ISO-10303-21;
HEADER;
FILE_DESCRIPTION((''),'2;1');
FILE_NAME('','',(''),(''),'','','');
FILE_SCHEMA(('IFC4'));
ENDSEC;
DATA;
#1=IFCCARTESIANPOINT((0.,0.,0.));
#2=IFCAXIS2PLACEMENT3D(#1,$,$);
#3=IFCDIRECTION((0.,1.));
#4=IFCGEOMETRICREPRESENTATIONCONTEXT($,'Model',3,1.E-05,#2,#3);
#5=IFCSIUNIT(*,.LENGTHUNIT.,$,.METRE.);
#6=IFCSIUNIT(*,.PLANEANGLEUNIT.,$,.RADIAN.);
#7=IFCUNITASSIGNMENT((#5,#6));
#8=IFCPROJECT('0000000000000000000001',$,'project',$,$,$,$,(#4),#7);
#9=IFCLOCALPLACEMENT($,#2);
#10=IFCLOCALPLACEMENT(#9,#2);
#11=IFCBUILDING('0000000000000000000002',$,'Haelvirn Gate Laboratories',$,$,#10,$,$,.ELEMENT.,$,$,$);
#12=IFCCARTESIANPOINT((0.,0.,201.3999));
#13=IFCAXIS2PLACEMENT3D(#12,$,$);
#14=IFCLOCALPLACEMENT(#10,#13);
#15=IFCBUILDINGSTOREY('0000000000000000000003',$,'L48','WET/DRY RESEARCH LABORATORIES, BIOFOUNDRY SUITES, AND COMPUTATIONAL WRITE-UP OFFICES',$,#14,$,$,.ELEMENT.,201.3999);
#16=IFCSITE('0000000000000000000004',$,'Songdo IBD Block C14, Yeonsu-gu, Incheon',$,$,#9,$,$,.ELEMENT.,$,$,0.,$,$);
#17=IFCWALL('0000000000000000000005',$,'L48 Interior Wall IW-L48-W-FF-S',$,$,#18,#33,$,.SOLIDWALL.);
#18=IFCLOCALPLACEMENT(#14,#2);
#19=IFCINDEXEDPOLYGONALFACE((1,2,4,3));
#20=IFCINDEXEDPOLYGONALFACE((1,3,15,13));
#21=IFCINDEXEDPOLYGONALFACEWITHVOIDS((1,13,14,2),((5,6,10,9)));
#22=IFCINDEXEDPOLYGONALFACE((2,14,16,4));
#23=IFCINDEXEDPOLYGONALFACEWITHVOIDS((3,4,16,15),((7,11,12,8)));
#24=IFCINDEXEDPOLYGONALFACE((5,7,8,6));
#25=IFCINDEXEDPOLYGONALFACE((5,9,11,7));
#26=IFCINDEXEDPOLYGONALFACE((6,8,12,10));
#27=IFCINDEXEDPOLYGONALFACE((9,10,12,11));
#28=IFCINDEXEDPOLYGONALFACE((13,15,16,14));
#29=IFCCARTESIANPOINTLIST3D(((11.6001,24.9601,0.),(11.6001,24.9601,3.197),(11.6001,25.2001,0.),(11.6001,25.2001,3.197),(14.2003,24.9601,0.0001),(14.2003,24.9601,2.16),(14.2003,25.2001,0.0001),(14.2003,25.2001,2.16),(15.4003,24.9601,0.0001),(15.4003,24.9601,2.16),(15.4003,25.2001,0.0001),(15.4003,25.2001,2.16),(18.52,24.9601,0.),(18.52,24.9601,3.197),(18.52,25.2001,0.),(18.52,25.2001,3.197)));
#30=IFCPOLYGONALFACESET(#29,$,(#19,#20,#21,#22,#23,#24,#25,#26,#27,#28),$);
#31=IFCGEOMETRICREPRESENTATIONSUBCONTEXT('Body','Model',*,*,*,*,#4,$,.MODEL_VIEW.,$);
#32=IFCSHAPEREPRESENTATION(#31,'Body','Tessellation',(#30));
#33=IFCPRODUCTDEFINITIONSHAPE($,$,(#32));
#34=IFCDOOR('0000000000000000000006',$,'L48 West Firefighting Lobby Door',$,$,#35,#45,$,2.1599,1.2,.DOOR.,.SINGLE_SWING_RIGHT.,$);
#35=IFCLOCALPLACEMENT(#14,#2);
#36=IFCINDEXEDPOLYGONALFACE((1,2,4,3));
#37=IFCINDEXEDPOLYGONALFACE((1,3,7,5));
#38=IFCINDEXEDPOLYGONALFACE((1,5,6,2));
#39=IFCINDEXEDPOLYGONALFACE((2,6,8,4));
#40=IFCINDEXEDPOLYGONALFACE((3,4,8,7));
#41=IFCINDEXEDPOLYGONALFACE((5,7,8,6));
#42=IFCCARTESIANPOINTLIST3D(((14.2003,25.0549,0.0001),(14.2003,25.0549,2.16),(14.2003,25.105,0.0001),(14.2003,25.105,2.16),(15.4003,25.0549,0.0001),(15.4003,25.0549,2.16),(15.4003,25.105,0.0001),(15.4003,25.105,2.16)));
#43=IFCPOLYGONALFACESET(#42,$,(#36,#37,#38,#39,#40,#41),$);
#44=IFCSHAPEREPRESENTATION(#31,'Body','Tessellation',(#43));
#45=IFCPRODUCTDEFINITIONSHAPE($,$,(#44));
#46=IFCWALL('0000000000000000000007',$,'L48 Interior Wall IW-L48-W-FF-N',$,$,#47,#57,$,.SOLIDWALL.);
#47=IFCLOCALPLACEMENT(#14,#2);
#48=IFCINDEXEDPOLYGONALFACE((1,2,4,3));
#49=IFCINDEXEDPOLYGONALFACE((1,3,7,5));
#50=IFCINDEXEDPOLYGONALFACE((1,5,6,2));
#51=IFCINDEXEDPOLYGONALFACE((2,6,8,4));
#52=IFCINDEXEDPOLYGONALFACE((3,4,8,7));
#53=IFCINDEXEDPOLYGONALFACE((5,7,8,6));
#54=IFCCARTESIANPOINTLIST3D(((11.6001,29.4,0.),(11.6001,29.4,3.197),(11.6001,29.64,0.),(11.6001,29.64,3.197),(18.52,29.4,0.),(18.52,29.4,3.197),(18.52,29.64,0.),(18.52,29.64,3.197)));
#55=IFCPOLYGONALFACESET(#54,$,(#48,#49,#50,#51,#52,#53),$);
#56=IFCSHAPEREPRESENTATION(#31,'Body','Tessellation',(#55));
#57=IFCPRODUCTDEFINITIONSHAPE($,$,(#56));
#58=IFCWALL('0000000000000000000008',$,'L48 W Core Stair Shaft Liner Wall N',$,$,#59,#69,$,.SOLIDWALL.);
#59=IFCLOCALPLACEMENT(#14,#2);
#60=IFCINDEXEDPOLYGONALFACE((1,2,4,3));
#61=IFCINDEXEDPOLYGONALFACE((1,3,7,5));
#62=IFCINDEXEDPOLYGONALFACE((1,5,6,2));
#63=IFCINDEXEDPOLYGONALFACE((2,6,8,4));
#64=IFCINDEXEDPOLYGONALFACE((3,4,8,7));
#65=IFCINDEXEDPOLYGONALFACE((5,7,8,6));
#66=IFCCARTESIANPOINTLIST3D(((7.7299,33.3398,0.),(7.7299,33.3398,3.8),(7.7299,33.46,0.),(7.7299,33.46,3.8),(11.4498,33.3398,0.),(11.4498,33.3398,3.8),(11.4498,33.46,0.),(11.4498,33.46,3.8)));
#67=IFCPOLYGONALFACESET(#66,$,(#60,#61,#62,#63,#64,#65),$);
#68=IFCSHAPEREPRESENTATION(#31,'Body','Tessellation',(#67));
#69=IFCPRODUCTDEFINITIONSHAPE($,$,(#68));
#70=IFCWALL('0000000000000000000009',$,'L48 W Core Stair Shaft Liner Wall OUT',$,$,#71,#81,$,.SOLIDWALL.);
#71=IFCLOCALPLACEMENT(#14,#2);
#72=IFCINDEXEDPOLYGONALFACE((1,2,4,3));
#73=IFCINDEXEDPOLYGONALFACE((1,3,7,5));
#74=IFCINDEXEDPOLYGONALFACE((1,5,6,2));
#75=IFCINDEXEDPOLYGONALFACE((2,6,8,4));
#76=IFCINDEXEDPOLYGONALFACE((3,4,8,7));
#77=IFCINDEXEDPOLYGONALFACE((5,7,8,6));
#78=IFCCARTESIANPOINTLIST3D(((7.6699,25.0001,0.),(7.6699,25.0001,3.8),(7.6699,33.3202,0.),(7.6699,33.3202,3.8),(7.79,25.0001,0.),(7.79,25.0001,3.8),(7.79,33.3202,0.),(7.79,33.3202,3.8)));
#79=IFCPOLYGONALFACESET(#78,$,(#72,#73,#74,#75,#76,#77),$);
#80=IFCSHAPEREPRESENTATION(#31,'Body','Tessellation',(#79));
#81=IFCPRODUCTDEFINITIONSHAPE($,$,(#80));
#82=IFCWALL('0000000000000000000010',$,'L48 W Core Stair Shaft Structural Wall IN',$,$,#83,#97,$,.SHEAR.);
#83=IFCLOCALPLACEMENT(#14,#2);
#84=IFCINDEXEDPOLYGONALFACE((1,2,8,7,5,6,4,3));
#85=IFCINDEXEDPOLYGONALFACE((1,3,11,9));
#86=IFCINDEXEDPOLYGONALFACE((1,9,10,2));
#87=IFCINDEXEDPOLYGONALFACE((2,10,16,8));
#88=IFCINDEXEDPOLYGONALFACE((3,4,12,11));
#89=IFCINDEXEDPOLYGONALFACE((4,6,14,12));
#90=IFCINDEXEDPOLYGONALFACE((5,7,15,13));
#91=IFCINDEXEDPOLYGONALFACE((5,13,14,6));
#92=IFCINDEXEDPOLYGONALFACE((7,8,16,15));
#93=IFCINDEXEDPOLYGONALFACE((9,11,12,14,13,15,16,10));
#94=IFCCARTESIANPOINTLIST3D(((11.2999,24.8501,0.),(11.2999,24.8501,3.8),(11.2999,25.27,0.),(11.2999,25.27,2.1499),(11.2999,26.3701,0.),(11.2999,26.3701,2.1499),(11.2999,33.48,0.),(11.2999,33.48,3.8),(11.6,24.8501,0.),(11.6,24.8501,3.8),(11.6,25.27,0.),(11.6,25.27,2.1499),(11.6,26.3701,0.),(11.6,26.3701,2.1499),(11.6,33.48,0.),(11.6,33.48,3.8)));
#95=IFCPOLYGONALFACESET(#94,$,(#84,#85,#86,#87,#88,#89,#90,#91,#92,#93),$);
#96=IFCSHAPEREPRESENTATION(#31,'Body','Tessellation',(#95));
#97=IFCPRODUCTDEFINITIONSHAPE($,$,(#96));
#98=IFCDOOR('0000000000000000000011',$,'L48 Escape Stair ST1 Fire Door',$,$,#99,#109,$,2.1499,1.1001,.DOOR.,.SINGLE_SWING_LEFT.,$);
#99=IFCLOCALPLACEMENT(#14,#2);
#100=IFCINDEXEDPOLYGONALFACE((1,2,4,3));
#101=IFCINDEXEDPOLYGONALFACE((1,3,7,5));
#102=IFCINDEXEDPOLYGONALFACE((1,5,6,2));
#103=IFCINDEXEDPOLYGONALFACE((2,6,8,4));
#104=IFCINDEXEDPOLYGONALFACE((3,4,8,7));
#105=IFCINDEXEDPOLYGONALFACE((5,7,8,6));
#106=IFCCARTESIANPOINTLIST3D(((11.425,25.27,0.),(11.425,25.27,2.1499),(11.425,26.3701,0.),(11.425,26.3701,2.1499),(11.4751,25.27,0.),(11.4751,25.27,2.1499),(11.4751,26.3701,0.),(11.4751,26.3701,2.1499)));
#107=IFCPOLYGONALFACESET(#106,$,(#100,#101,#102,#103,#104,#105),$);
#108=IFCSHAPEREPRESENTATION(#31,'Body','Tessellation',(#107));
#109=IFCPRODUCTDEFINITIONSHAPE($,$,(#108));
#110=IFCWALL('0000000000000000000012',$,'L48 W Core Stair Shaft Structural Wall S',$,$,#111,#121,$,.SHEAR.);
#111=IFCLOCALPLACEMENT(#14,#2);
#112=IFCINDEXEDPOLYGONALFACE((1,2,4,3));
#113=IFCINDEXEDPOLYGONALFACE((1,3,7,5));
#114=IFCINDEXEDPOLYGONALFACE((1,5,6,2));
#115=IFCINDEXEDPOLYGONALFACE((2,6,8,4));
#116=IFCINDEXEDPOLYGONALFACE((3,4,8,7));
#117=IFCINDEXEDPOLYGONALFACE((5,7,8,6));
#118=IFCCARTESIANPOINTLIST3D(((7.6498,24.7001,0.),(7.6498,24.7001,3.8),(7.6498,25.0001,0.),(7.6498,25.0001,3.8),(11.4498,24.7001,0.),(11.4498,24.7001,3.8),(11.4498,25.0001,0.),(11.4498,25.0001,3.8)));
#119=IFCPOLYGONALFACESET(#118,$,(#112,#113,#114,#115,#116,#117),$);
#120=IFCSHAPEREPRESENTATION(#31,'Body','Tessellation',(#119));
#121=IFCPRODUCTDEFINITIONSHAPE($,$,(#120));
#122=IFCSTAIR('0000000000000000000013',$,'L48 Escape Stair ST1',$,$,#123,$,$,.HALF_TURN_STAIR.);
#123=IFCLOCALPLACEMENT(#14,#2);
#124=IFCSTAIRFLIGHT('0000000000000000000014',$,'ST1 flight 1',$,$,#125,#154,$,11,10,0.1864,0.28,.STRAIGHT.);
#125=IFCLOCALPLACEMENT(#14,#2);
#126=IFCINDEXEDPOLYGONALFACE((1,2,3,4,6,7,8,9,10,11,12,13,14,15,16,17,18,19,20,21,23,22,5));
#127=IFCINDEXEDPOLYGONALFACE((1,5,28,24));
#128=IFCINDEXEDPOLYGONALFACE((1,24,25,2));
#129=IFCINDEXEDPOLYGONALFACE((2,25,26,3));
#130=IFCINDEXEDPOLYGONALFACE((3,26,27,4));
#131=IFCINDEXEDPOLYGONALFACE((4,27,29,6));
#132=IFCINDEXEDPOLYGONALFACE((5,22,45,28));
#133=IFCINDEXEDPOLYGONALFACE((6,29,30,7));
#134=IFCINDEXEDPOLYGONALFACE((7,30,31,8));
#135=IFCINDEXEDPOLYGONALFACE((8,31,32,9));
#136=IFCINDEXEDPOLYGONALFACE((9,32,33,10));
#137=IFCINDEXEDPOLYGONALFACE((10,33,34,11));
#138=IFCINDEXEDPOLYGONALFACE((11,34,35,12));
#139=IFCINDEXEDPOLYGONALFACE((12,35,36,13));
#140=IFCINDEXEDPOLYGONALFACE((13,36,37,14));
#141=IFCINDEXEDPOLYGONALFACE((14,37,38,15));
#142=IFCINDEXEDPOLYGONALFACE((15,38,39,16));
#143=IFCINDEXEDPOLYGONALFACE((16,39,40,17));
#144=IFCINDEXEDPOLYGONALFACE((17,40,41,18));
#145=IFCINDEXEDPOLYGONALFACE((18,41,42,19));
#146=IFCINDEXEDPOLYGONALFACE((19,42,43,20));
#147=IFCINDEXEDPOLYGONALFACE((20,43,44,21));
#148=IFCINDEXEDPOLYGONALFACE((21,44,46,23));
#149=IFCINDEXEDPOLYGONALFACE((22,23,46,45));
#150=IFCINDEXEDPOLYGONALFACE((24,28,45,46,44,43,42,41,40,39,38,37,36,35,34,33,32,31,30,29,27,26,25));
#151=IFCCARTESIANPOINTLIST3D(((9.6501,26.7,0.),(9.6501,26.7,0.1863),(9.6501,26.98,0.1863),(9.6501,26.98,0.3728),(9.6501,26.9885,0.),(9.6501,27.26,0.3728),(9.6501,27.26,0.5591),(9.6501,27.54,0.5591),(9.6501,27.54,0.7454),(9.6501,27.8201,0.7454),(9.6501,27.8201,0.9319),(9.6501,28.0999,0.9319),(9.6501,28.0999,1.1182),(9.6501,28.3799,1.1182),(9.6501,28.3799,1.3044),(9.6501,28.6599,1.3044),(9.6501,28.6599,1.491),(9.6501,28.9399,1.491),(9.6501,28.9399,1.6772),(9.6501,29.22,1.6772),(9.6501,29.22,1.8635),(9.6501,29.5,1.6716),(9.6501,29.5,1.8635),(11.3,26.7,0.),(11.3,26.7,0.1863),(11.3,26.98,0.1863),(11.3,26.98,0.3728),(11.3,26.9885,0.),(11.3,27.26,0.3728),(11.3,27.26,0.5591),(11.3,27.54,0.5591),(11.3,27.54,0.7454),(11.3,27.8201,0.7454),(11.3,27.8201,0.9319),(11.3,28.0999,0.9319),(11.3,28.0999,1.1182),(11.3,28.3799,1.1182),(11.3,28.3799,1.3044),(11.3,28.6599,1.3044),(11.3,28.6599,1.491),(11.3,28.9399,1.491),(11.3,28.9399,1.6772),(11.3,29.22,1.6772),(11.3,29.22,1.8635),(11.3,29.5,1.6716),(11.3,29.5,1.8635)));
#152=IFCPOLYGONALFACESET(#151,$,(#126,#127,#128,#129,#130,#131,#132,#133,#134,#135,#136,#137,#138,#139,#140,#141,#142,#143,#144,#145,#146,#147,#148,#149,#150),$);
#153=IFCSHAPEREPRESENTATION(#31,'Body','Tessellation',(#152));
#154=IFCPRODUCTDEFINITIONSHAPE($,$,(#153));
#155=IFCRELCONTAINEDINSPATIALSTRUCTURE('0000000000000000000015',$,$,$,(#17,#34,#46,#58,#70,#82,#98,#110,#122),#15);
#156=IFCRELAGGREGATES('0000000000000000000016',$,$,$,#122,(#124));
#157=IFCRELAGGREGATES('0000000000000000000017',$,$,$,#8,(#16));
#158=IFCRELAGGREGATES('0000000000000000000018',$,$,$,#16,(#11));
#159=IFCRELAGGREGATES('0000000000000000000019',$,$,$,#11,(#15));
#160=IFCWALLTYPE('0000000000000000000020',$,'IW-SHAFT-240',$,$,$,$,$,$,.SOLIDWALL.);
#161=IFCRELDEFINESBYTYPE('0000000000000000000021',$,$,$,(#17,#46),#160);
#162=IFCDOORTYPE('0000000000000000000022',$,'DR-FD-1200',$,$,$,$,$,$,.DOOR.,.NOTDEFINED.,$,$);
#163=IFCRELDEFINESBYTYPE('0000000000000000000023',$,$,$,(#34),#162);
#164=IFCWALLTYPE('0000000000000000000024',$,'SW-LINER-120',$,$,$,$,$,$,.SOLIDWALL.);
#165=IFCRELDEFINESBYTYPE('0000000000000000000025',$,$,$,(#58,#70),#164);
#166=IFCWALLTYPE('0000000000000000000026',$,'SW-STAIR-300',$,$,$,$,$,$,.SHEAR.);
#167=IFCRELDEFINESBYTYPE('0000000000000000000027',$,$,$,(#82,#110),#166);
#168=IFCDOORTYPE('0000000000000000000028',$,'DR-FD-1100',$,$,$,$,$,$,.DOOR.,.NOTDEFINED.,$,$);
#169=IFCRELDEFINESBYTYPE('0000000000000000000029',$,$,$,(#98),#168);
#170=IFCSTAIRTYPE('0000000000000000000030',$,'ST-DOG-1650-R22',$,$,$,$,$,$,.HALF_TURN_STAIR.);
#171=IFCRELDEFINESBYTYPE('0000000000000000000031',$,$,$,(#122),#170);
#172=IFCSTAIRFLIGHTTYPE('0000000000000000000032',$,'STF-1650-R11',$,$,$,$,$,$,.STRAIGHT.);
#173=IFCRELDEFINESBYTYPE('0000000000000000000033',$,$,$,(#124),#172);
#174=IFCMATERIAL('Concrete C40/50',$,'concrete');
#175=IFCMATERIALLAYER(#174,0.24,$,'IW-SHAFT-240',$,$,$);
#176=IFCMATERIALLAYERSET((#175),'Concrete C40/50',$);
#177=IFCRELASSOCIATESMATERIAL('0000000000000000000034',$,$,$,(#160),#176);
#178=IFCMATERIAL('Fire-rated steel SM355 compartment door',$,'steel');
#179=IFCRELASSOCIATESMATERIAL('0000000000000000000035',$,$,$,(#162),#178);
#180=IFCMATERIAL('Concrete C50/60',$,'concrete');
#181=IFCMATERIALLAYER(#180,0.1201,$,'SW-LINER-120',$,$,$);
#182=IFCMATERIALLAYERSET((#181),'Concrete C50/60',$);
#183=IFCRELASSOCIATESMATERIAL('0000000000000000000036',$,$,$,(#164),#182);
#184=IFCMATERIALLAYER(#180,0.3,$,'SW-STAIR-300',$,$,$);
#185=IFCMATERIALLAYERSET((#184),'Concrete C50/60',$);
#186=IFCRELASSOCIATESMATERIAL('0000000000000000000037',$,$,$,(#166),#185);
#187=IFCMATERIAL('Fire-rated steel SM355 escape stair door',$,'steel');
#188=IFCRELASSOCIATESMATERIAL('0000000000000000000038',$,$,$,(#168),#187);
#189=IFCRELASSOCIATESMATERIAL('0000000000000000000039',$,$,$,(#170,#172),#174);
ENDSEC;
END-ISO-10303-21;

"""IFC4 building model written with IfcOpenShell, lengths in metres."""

from ifc_helpers import new_model, si_unit, direction, frame, frame_2d, origin, place, context, subcontext, project, spatial, polyline, rectangle, outline, extrude, source, transform, mapped, material, layer, layer_set, type_object, type_shapes, element, fill, aggregate, save


model = new_model("IFC4")

# Units and contexts
model_context = context("Model", 3, precision=1e-05, world=origin(), true_north=direction((0.0, 1.0)))
body_context = subcontext(model_context, "Body", "Model", "MODEL_VIEW")
ifc_project = project(units=[si_unit("LENGTHUNIT", "METRE"), si_unit("PLANEANGLEUNIT", "RADIAN")], contexts=[model_context])

# Site, building, storey
site_placement = place(None, origin())
site = spatial("IfcSite", under=ifc_project, at=site_placement, Name="Songdo IBD Block C14, Yeonsu-gu, Incheon", CompositionType="ELEMENT", RefElevation=0.0)
building_placement = place(site_placement, origin())
building = spatial("IfcBuilding", under=site, at=building_placement, Name="Haelvirn Gate Laboratories", CompositionType="ELEMENT")
storey_placement = place(building_placement, frame((0.0, 0.0, 201.3999)))
storey = spatial("IfcBuildingStorey", under=building, at=storey_placement, Name="L48", Description="WET/DRY RESEARCH LABORATORIES, BIOFOUNDRY SUITES, AND COMPUTATIONAL WRITE-UP OFFICES", CompositionType="ELEMENT", Elevation=201.3999)

# Shared definitions
ifc_material_1 = material(Name="Concrete C50/60", Category="concrete")

# Shared definitions
ifc_material_2 = material(Name="Concrete C40/50", Category="concrete")

# Wall, opening, door
ifc_layer_1 = layer(ifc_material_2, 0.24, Name="IW-SHAFT-240")
ifc_layer_set_1 = layer_set([ifc_layer_1], Name="Concrete C40/50")
wall_type_1 = type_object("IfcWallType", Name="IW-SHAFT-240", PredefinedType="SOLIDWALL", material=ifc_layer_set_1)
wall_1_placement = place(storey_placement, frame((11.6001, 25.0801, 0.0), z_axis=(0.0, 0.0, 1.0), x_axis=(1.0, 0.0, 0.0)))
wall_1 = element("IfcWall", 1, at=wall_1_placement, inside=storey, type_object=wall_type_1, Name="L48 Interior Wall IW-L48-W-FF-S", PredefinedType="SOLIDWALL", context=body_context, shape_type="SweptSolid", body=[
    extrude(rectangle(XDim=6.9199, YDim=0.24, at=frame_2d((3.46, 0.0))), origin(), (0.0, 0.0, 1.0), 3.197),
])
opening_1_placement = place(wall_1_placement, frame((2.6001, 0.0, 0.0)))
opening_1 = element("IfcOpeningElement", 2, at=opening_1_placement, cuts=wall_1, PredefinedType="OPENING", context=body_context, shape_type="SweptSolid", body=[
    extrude(rectangle(XDim=1.2, YDim=2.1599, at=frame_2d((0.6001, 1.0801))), frame((0.0, 0.1299, 0.0), z_axis=(0.0, -1.0, 0.0), x_axis=(1.0, 0.0, 0.0)), (0.0, 0.0, 1.0), 0.26),
])
ifc_material_3 = material(Name="Fire-rated steel SM355 compartment door", Category="steel")
door_type_1 = type_object("IfcDoorType", Name="DR-FD-1200", OperationType="NOTDEFINED", PredefinedType="DOOR", material=ifc_material_3)
shared_shape_1 = source(origin(), body_context, "Body", "SweptSolid", [
    extrude(rectangle(XDim=1.2, YDim=2.1599, at=frame_2d((0.6001, 1.0801))), frame((0.0, 0.0249, 0.0), z_axis=(0.0, -1.0, 0.0), x_axis=(1.0, 0.0, 0.0)), (0.0, 0.0, 1.0), 0.05),
])
type_shapes(door_type_1, [shared_shape_1])
door_1_placement = place(opening_1_placement, origin())
door_1 = element("IfcDoor", 3, at=door_1_placement, inside=storey, type_object=door_type_1, Name="L48 West Firefighting Lobby Door", OperationType="SINGLE_SWING_RIGHT", OverallHeight=2.1599, OverallWidth=1.2, PredefinedType="DOOR", context=body_context, shape_type="MappedRepresentation", body=[
    mapped(shared_shape_1, transform((0.0, 0.0, 0.0), scale=1.0)),
])
fill(opening_1, door_1)

# Walls
wall_2_placement = place(storey_placement, frame((11.6001, 29.52, 0.0), z_axis=(0.0, 0.0, 1.0), x_axis=(1.0, 0.0, 0.0)))
element("IfcWall", 4, at=wall_2_placement, inside=storey, type_object=wall_type_1, Name="L48 Interior Wall IW-L48-W-FF-N", PredefinedType="SOLIDWALL", context=body_context, shape_type="SweptSolid", body=[
    extrude(rectangle(XDim=6.9199, YDim=0.24, at=frame_2d((3.46, 0.0))), origin(), (0.0, 0.0, 1.0), 3.197),
])
ifc_layer_2 = layer(ifc_material_1, 0.1201, Name="SW-LINER-120")
ifc_layer_set_2 = layer_set([ifc_layer_2], Name="Concrete C50/60")
wall_type_2 = type_object("IfcWallType", Name="SW-LINER-120", PredefinedType="SOLIDWALL", material=ifc_layer_set_2)
wall_3_placement = place(storey_placement, frame((7.73, 33.3999, 0.0), z_axis=(0.0, 0.0, 1.0), x_axis=(1.0, 0.0, 0.0)))
element("IfcWall", 5, at=wall_3_placement, inside=storey, type_object=wall_type_2, Name="L48 W Core Stair Shaft Liner Wall N", PredefinedType="SOLIDWALL", context=body_context, shape_type="SweptSolid", body=[
    extrude(rectangle(XDim=3.72, YDim=0.1201, at=frame_2d((1.8599, 0.0))), origin(), (0.0, 0.0, 1.0), 3.8),
])
wall_4_placement = place(storey_placement, frame((7.73, 25.0, 0.0), z_axis=(0.0, 0.0, 1.0), x_axis=(0.0, 1.0, 0.0)))
element("IfcWall", 6, at=wall_4_placement, inside=storey, type_object=wall_type_2, Name="L48 W Core Stair Shaft Liner Wall OUT", PredefinedType="SOLIDWALL", context=body_context, shape_type="SweptSolid", body=[
    extrude(rectangle(XDim=8.3201, YDim=0.1201, at=frame_2d((4.1602, 0.0))), origin(), (0.0, 0.0, 1.0), 3.8),
])

# Wall, opening, door
ifc_layer_3 = layer(ifc_material_1, 0.3, Name="SW-STAIR-300")
ifc_layer_set_3 = layer_set([ifc_layer_3], Name="Concrete C50/60")
wall_type_3 = type_object("IfcWallType", Name="SW-STAIR-300", PredefinedType="SHEAR", material=ifc_layer_set_3)
wall_5_placement = place(storey_placement, frame((11.45, 24.8501, 0.0), z_axis=(0.0, 0.0, 1.0), x_axis=(0.0, 1.0, 0.0)))
wall_5 = element("IfcWall", 7, at=wall_5_placement, inside=storey, type_object=wall_type_3, Name="L48 W Core Stair Shaft Structural Wall IN", PredefinedType="SHEAR", context=body_context, shape_type="SweptSolid", body=[
    extrude(rectangle(XDim=8.6299, YDim=0.3, at=frame_2d((4.3149, 0.0))), origin(), (0.0, 0.0, 1.0), 3.8),
])
opening_2_placement = place(wall_5_placement, frame((0.4199, 0.0, 0.0)))
opening_2 = element("IfcOpeningElement", 8, at=opening_2_placement, cuts=wall_5, PredefinedType="OPENING", context=body_context, shape_type="SweptSolid", body=[
    extrude(rectangle(XDim=1.1001, YDim=2.1499, at=frame_2d((0.55, 1.075))), frame((0.0, 0.1602, 0.0), z_axis=(0.0, -1.0, 0.0), x_axis=(1.0, 0.0, 0.0)), (0.0, 0.0, 1.0), 0.3201),
])
ifc_material_4 = material(Name="Fire-rated steel SM355 escape stair door", Category="steel")
door_type_2 = type_object("IfcDoorType", Name="DR-FD-1100", OperationType="NOTDEFINED", PredefinedType="DOOR", material=ifc_material_4)
shared_shape_2 = source(origin(), body_context, "Body", "SweptSolid", [
    extrude(rectangle(XDim=1.1001, YDim=2.1499, at=frame_2d((0.55, 1.075))), frame((0.0, 0.0249, 0.0), z_axis=(0.0, -1.0, 0.0), x_axis=(1.0, 0.0, 0.0)), (0.0, 0.0, 1.0), 0.05),
])
type_shapes(door_type_2, [shared_shape_2])
door_2_placement = place(opening_2_placement, origin())
door_2 = element("IfcDoor", 9, at=door_2_placement, inside=storey, type_object=door_type_2, Name="L48 Escape Stair ST1 Fire Door", OperationType="SINGLE_SWING_LEFT", OverallHeight=2.1499, OverallWidth=1.1001, PredefinedType="DOOR", context=body_context, shape_type="MappedRepresentation", body=[
    mapped(shared_shape_2, transform((0.0, 0.0, 0.0), scale=1.0)),
])
fill(opening_2, door_2)

# Wall
wall_6_placement = place(storey_placement, frame((7.6499, 24.8501, 0.0), z_axis=(0.0, 0.0, 1.0), x_axis=(1.0, 0.0, 0.0)))
element("IfcWall", 10, at=wall_6_placement, inside=storey, type_object=wall_type_3, Name="L48 W Core Stair Shaft Structural Wall S", PredefinedType="SHEAR", context=body_context, shape_type="SweptSolid", body=[
    extrude(rectangle(XDim=3.8, YDim=0.3, at=frame_2d((1.8999, 0.0))), origin(), (0.0, 0.0, 1.0), 3.8),
])

# Stair, stair flight
stair_type = type_object("IfcStairType", Name="ST-DOG-1650-R22", PredefinedType="HALF_TURN_STAIR", material=ifc_material_2)
stair_placement = place(storey_placement, origin())
stair = element("IfcStair", 11, at=stair_placement, inside=storey, type_object=stair_type, Name="L48 Escape Stair ST1", PredefinedType="HALF_TURN_STAIR")
stair_flight_type = type_object("IfcStairFlightType", Name="STF-1650-R11", PredefinedType="STRAIGHT", material=ifc_material_2)
shared_shape_3 = source(origin(), body_context, "Body", "SweptSolid", [
    extrude(outline(polyline([(0.0, 0.0), (0.0, 0.1863), (0.28, 0.1863), (0.28, 0.3728), (0.5601, 0.3728), (0.5601, 0.5591), (0.8401, 0.5591), (0.8401, 0.7454), (1.1201, 0.7454), (1.1201, 0.9319), (1.3999, 0.9319), (1.3999, 1.1182), (1.6799, 1.1182), (1.6799, 1.3044), (1.96, 1.3044), (1.96, 1.491), (2.24, 1.491), (2.24, 1.6772), (2.52, 1.6772), (2.52, 1.8635), (2.8, 1.8635), (2.8, 2.05), (2.8, 1.6716), (0.2886, 0.0), (0.0, 0.0)])), frame((0.0, 0.825, 0.0), z_axis=(0.0, -1.0, 0.0), x_axis=(1.0, 0.0, 0.0)), (0.0, 0.0, 1.0), 1.6499),
])
type_shapes(stair_flight_type, [shared_shape_3])
stair_flight_1_placement = place(storey_placement, frame((10.4751, 26.7, 0.0), z_axis=(0.0, 0.0, 1.0), x_axis=(0.0, 1.0, 0.0)))
stair_flight_1 = element("IfcStairFlight", 12, at=stair_flight_1_placement, type_object=stair_flight_type, Name="ST1 flight 1", NumberOfRisers=11, NumberOfTreads=10, PredefinedType="STRAIGHT", RiserHeight=0.1864, TreadLength=0.28, context=body_context, shape_type="MappedRepresentation", body=[
    mapped(shared_shape_3, transform((0.0, 0.0, 0.0), scale=1.0)),
])
aggregate(stair, [stair_flight_1])

save(model, "model.ifc")
